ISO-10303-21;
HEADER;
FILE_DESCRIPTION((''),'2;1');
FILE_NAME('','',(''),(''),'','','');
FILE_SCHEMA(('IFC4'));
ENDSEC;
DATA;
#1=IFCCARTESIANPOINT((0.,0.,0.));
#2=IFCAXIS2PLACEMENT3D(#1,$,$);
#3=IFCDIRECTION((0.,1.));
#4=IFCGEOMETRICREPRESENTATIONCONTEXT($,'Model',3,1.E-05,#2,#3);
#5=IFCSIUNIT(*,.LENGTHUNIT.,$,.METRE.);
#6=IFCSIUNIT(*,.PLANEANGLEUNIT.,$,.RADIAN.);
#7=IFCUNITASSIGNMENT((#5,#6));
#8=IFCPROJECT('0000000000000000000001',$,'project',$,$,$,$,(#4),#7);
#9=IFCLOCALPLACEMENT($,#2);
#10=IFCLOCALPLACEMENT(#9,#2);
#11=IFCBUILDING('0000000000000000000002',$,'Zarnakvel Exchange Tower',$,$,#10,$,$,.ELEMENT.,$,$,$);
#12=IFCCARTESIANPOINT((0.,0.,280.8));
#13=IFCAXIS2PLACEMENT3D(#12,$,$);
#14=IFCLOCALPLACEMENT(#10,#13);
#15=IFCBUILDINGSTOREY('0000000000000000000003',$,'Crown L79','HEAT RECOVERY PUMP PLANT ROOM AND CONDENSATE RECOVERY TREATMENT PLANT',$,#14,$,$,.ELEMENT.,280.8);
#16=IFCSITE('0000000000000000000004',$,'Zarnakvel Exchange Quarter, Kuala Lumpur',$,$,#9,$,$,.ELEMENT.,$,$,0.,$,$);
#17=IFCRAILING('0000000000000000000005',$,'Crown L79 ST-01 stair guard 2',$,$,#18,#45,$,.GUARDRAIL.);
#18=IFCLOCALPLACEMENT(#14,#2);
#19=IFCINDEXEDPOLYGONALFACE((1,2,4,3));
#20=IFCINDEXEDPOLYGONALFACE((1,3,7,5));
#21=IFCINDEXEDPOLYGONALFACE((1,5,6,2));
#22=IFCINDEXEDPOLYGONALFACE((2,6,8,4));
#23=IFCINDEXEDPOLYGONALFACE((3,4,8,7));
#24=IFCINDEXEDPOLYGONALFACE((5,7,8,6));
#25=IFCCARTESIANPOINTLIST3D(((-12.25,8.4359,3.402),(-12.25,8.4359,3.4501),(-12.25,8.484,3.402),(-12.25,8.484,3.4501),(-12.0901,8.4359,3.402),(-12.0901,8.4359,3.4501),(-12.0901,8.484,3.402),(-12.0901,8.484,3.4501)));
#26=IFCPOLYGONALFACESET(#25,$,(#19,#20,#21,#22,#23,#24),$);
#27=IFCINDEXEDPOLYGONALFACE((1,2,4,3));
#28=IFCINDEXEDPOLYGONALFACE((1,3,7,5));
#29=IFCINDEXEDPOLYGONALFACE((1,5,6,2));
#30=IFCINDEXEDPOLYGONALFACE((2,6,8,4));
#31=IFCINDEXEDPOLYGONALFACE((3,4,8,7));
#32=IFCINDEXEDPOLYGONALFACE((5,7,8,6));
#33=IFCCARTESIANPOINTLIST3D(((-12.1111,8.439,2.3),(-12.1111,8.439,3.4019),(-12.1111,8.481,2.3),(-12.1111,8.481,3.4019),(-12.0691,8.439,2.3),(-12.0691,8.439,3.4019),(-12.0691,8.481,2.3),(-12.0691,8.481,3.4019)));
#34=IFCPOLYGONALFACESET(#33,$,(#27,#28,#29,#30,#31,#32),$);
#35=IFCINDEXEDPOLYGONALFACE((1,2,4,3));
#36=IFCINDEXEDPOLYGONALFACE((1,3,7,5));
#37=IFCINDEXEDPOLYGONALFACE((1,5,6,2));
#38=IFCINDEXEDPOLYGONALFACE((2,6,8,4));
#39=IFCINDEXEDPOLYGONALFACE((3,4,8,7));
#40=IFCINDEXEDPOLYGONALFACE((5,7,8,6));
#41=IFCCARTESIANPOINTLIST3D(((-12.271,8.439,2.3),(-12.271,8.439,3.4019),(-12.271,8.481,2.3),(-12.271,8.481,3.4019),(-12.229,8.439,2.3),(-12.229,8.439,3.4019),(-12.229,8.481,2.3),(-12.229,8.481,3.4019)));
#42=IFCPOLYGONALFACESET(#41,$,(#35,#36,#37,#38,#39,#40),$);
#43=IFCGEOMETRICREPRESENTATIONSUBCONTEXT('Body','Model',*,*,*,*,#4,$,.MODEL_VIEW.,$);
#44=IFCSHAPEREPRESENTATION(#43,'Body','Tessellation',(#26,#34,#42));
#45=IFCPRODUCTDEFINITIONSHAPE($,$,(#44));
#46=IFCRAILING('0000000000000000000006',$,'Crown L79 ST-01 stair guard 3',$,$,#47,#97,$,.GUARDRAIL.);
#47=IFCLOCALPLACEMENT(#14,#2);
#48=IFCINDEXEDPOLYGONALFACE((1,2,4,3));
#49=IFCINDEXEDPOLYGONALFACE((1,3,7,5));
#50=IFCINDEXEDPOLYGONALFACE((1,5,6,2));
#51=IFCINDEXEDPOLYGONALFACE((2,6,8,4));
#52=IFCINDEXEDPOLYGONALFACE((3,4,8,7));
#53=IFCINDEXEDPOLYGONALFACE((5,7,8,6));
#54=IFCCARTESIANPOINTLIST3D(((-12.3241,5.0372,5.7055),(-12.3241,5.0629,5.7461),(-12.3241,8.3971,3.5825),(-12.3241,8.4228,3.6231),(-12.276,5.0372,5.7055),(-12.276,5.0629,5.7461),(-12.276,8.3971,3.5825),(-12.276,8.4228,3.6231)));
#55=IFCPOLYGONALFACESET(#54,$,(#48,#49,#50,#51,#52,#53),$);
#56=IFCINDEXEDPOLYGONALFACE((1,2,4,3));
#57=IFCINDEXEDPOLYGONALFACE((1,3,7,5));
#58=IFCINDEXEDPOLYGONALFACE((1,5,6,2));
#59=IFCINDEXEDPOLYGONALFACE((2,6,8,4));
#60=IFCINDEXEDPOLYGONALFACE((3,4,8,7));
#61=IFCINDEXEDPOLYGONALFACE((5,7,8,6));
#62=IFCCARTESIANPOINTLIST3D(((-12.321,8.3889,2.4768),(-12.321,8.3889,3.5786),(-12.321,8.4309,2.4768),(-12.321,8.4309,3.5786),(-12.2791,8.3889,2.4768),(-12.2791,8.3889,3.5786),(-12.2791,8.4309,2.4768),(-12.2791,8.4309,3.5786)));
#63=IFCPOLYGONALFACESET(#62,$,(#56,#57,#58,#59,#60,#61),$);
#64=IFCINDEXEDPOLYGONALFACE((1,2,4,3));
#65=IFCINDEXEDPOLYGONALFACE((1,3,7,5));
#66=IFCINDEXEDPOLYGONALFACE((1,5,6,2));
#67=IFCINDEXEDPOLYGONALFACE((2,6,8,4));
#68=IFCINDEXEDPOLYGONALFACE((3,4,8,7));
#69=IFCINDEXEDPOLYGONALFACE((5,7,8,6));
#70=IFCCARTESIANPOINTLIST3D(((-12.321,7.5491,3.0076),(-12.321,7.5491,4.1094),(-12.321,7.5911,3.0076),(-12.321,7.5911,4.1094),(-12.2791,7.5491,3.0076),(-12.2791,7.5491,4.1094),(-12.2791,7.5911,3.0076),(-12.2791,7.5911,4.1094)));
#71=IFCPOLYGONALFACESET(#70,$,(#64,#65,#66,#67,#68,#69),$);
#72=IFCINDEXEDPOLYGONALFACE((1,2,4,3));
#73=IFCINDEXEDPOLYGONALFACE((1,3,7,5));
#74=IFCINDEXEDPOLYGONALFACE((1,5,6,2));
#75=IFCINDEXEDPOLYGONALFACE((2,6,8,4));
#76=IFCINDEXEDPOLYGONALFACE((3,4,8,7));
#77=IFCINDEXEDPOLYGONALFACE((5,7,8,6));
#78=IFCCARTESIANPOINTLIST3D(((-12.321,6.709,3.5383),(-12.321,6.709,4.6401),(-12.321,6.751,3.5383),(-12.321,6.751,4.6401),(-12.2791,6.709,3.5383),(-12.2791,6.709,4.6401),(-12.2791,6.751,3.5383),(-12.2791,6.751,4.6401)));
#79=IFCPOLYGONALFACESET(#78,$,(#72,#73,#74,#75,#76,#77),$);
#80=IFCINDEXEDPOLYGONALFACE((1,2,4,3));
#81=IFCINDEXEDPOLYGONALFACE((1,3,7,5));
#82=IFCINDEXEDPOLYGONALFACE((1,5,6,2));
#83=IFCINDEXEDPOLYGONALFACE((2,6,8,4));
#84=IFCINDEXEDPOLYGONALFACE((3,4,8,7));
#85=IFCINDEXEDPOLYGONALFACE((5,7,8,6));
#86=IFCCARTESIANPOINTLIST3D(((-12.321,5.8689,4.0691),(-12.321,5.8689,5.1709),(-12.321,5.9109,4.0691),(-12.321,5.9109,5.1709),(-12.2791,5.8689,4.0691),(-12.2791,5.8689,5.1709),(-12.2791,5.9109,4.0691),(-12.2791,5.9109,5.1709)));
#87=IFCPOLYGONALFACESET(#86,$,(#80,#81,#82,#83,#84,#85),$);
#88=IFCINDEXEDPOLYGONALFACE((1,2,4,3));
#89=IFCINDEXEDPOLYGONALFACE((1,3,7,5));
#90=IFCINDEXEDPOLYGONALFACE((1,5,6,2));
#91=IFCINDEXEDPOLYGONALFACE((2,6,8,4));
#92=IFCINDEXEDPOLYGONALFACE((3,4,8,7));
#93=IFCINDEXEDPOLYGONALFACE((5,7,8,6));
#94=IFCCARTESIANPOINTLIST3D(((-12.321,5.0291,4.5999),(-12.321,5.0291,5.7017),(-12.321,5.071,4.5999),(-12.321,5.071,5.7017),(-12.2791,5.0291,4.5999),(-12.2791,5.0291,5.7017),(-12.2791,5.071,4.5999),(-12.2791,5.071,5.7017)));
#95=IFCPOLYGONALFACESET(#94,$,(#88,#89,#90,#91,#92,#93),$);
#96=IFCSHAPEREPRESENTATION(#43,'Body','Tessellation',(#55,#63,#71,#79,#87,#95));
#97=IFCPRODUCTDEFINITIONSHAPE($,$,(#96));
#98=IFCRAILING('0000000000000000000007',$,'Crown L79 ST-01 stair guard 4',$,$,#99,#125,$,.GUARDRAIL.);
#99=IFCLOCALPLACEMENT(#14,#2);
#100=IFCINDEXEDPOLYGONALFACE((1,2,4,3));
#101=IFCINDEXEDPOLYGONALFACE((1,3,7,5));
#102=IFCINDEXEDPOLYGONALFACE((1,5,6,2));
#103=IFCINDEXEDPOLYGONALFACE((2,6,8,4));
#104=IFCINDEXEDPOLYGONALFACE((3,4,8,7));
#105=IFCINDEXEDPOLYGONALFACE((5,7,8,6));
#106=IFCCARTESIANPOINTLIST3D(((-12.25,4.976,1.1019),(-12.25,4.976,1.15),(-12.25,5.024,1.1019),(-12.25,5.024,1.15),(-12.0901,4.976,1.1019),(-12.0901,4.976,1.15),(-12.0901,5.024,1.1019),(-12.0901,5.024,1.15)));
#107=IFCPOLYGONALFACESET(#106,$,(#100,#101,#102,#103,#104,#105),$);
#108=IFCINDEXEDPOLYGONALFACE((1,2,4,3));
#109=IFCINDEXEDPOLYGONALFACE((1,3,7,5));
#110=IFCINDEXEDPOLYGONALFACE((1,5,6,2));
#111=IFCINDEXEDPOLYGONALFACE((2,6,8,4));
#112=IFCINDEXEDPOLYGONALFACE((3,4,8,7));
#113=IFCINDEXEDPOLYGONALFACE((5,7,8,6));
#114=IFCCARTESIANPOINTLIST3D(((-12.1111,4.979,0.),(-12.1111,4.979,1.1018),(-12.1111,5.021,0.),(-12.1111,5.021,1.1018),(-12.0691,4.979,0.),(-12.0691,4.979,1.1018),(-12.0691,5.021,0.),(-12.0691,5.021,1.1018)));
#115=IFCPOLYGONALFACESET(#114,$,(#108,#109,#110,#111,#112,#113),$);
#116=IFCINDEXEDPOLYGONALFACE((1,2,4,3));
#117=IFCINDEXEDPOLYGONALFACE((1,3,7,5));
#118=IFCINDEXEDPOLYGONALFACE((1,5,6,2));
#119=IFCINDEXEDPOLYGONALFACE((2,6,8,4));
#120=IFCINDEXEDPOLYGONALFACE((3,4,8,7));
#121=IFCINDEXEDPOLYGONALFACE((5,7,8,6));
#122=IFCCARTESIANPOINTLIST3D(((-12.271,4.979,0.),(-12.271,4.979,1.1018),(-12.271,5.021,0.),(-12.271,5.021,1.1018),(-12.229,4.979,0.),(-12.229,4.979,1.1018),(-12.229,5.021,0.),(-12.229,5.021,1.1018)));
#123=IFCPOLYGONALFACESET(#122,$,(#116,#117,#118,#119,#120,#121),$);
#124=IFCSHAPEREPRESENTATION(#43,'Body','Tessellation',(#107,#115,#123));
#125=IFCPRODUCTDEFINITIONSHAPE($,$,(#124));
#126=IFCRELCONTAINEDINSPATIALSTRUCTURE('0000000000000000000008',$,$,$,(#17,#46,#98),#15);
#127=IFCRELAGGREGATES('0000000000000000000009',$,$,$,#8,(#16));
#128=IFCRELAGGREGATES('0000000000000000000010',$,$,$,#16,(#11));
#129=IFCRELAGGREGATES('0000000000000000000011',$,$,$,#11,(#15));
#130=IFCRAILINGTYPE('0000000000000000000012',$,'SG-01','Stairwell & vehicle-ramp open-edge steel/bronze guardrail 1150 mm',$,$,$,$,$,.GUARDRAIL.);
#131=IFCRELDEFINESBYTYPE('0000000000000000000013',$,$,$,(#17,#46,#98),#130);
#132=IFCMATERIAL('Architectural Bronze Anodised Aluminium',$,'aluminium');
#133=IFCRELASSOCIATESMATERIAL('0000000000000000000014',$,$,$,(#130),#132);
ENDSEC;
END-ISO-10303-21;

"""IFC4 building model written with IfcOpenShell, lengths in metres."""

from ifc_helpers import new_model, si_unit, direction, frame, origin, origin_2d, place, context, subcontext, project, spatial, rectangle, extrude, material, type_object, element, save


model = new_model("IFC4")

# Units and contexts
model_context = context("Model", 3, precision=1e-05, world=origin(), true_north=direction((0.0, 1.0)))
body_context = subcontext(model_context, "Body", "Model", "MODEL_VIEW")
ifc_project = project(units=[si_unit("LENGTHUNIT", "METRE"), si_unit("PLANEANGLEUNIT", "RADIAN")], contexts=[model_context])

# Site, building, storey
site_placement = place(None, origin())
site = spatial("IfcSite", under=ifc_project, at=site_placement, Name="Zarnakvel Exchange Quarter, Kuala Lumpur", CompositionType="ELEMENT", RefElevation=0.0)
building_placement = place(site_placement, origin())
building = spatial("IfcBuilding", under=site, at=building_placement, Name="Zarnakvel Exchange Tower", CompositionType="ELEMENT")
storey_placement = place(building_placement, frame((0.0, 0.0, 280.8)))
storey = spatial("IfcBuildingStorey", under=building, at=storey_placement, Name="Crown L79", Description="HEAT RECOVERY PUMP PLANT ROOM AND CONDENSATE RECOVERY TREATMENT PLANT", CompositionType="ELEMENT", Elevation=280.8)

# Railings
ifc_material_1 = material(Name="Architectural Bronze Anodised Aluminium", Category="aluminium")
railing_type_1 = type_object("IfcRailingType", Name="SG-01", Description="Stairwell & vehicle-ramp open-edge steel/bronze guardrail 1150 mm", PredefinedType="GUARDRAIL", material=ifc_material_1)
railing_1_placement = place(storey_placement, frame((-12.0901, 8.46, 2.3)))
element("IfcRailing", 1, at=railing_1_placement, inside=storey, type_object=railing_type_1, Name="Crown L79 ST-01 stair guard 2", PredefinedType="GUARDRAIL", context=body_context, shape_type="SweptSolid", body=[
    extrude(rectangle(XDim=0.0481, YDim=0.0481, at=origin_2d()), frame((0.0, 0.0, 1.126), z_axis=(-1.0, 0.0, 0.0), x_axis=(0.0, -1.0, 0.0)), (0.0, 0.0, 1.0), 0.1599),
    extrude(rectangle(XDim=0.042, YDim=0.042, at=origin_2d()), origin(), (0.0, 0.0, 1.0), 1.1018),
    extrude(rectangle(XDim=0.042, YDim=0.042, at=origin_2d()), frame((-0.1599, 0.0, 0.0)), (0.0, 0.0, 1.0), 1.1018),
])
railing_2_placement = place(storey_placement, frame((-12.3, 8.4099, 2.4768)))
element("IfcRailing", 2, at=railing_2_placement, inside=storey, type_object=railing_type_1, Name="Crown L79 ST-01 stair guard 3", PredefinedType="GUARDRAIL", context=body_context, shape_type="SweptSolid", body=[
    extrude(rectangle(XDim=0.0481, YDim=0.0481, at=origin_2d()), frame((0.0, 0.0, 1.126), z_axis=(0.0, -0.845372, 0.534178), x_axis=(1.0, 0.0, 0.0)), (0.0, 0.0, 1.0), 3.9744),
    extrude(rectangle(XDim=0.042, YDim=0.042, at=origin_2d()), origin(), (0.0, 0.0, 1.0), 1.1018),
    extrude(rectangle(XDim=0.042, YDim=0.042, at=origin_2d()), frame((0.0, -0.8398, 0.5308)), (0.0, 0.0, 1.0), 1.1018),
    extrude(rectangle(XDim=0.042, YDim=0.042, at=origin_2d()), frame((0.0, -1.6799, 1.0615)), (0.0, 0.0, 1.0), 1.1018),
    extrude(rectangle(XDim=0.042, YDim=0.042, at=origin_2d()), frame((0.0, -2.52, 1.5923)), (0.0, 0.0, 1.0), 1.1018),
    extrude(rectangle(XDim=0.042, YDim=0.042, at=origin_2d()), frame((0.0, -3.3599, 2.123)), (0.0, 0.0, 1.0), 1.1018),
])
railing_3_placement = place(storey_placement, frame((-12.0901, 5.0, 0.0)))
element("IfcRailing", 3, at=railing_3_placement, inside=storey, type_object=railing_type_1, Name="Crown L79 ST-01 stair guard 4", PredefinedType="GUARDRAIL", context=body_context, shape_type="SweptSolid", body=[
    extrude(rectangle(XDim=0.0481, YDim=0.0481, at=origin_2d()), frame((0.0, 0.0, 1.126), z_axis=(-1.0, 0.0, 0.0), x_axis=(0.0, -1.0, 0.0)), (0.0, 0.0, 1.0), 0.1599),
    extrude(rectangle(XDim=0.042, YDim=0.042, at=origin_2d()), origin(), (0.0, 0.0, 1.0), 1.1018),
    extrude(rectangle(XDim=0.042, YDim=0.042, at=origin_2d()), frame((-0.1599, 0.0, 0.0)), (0.0, 0.0, 1.0), 1.1018),
])

save(model, "model.ifc")
